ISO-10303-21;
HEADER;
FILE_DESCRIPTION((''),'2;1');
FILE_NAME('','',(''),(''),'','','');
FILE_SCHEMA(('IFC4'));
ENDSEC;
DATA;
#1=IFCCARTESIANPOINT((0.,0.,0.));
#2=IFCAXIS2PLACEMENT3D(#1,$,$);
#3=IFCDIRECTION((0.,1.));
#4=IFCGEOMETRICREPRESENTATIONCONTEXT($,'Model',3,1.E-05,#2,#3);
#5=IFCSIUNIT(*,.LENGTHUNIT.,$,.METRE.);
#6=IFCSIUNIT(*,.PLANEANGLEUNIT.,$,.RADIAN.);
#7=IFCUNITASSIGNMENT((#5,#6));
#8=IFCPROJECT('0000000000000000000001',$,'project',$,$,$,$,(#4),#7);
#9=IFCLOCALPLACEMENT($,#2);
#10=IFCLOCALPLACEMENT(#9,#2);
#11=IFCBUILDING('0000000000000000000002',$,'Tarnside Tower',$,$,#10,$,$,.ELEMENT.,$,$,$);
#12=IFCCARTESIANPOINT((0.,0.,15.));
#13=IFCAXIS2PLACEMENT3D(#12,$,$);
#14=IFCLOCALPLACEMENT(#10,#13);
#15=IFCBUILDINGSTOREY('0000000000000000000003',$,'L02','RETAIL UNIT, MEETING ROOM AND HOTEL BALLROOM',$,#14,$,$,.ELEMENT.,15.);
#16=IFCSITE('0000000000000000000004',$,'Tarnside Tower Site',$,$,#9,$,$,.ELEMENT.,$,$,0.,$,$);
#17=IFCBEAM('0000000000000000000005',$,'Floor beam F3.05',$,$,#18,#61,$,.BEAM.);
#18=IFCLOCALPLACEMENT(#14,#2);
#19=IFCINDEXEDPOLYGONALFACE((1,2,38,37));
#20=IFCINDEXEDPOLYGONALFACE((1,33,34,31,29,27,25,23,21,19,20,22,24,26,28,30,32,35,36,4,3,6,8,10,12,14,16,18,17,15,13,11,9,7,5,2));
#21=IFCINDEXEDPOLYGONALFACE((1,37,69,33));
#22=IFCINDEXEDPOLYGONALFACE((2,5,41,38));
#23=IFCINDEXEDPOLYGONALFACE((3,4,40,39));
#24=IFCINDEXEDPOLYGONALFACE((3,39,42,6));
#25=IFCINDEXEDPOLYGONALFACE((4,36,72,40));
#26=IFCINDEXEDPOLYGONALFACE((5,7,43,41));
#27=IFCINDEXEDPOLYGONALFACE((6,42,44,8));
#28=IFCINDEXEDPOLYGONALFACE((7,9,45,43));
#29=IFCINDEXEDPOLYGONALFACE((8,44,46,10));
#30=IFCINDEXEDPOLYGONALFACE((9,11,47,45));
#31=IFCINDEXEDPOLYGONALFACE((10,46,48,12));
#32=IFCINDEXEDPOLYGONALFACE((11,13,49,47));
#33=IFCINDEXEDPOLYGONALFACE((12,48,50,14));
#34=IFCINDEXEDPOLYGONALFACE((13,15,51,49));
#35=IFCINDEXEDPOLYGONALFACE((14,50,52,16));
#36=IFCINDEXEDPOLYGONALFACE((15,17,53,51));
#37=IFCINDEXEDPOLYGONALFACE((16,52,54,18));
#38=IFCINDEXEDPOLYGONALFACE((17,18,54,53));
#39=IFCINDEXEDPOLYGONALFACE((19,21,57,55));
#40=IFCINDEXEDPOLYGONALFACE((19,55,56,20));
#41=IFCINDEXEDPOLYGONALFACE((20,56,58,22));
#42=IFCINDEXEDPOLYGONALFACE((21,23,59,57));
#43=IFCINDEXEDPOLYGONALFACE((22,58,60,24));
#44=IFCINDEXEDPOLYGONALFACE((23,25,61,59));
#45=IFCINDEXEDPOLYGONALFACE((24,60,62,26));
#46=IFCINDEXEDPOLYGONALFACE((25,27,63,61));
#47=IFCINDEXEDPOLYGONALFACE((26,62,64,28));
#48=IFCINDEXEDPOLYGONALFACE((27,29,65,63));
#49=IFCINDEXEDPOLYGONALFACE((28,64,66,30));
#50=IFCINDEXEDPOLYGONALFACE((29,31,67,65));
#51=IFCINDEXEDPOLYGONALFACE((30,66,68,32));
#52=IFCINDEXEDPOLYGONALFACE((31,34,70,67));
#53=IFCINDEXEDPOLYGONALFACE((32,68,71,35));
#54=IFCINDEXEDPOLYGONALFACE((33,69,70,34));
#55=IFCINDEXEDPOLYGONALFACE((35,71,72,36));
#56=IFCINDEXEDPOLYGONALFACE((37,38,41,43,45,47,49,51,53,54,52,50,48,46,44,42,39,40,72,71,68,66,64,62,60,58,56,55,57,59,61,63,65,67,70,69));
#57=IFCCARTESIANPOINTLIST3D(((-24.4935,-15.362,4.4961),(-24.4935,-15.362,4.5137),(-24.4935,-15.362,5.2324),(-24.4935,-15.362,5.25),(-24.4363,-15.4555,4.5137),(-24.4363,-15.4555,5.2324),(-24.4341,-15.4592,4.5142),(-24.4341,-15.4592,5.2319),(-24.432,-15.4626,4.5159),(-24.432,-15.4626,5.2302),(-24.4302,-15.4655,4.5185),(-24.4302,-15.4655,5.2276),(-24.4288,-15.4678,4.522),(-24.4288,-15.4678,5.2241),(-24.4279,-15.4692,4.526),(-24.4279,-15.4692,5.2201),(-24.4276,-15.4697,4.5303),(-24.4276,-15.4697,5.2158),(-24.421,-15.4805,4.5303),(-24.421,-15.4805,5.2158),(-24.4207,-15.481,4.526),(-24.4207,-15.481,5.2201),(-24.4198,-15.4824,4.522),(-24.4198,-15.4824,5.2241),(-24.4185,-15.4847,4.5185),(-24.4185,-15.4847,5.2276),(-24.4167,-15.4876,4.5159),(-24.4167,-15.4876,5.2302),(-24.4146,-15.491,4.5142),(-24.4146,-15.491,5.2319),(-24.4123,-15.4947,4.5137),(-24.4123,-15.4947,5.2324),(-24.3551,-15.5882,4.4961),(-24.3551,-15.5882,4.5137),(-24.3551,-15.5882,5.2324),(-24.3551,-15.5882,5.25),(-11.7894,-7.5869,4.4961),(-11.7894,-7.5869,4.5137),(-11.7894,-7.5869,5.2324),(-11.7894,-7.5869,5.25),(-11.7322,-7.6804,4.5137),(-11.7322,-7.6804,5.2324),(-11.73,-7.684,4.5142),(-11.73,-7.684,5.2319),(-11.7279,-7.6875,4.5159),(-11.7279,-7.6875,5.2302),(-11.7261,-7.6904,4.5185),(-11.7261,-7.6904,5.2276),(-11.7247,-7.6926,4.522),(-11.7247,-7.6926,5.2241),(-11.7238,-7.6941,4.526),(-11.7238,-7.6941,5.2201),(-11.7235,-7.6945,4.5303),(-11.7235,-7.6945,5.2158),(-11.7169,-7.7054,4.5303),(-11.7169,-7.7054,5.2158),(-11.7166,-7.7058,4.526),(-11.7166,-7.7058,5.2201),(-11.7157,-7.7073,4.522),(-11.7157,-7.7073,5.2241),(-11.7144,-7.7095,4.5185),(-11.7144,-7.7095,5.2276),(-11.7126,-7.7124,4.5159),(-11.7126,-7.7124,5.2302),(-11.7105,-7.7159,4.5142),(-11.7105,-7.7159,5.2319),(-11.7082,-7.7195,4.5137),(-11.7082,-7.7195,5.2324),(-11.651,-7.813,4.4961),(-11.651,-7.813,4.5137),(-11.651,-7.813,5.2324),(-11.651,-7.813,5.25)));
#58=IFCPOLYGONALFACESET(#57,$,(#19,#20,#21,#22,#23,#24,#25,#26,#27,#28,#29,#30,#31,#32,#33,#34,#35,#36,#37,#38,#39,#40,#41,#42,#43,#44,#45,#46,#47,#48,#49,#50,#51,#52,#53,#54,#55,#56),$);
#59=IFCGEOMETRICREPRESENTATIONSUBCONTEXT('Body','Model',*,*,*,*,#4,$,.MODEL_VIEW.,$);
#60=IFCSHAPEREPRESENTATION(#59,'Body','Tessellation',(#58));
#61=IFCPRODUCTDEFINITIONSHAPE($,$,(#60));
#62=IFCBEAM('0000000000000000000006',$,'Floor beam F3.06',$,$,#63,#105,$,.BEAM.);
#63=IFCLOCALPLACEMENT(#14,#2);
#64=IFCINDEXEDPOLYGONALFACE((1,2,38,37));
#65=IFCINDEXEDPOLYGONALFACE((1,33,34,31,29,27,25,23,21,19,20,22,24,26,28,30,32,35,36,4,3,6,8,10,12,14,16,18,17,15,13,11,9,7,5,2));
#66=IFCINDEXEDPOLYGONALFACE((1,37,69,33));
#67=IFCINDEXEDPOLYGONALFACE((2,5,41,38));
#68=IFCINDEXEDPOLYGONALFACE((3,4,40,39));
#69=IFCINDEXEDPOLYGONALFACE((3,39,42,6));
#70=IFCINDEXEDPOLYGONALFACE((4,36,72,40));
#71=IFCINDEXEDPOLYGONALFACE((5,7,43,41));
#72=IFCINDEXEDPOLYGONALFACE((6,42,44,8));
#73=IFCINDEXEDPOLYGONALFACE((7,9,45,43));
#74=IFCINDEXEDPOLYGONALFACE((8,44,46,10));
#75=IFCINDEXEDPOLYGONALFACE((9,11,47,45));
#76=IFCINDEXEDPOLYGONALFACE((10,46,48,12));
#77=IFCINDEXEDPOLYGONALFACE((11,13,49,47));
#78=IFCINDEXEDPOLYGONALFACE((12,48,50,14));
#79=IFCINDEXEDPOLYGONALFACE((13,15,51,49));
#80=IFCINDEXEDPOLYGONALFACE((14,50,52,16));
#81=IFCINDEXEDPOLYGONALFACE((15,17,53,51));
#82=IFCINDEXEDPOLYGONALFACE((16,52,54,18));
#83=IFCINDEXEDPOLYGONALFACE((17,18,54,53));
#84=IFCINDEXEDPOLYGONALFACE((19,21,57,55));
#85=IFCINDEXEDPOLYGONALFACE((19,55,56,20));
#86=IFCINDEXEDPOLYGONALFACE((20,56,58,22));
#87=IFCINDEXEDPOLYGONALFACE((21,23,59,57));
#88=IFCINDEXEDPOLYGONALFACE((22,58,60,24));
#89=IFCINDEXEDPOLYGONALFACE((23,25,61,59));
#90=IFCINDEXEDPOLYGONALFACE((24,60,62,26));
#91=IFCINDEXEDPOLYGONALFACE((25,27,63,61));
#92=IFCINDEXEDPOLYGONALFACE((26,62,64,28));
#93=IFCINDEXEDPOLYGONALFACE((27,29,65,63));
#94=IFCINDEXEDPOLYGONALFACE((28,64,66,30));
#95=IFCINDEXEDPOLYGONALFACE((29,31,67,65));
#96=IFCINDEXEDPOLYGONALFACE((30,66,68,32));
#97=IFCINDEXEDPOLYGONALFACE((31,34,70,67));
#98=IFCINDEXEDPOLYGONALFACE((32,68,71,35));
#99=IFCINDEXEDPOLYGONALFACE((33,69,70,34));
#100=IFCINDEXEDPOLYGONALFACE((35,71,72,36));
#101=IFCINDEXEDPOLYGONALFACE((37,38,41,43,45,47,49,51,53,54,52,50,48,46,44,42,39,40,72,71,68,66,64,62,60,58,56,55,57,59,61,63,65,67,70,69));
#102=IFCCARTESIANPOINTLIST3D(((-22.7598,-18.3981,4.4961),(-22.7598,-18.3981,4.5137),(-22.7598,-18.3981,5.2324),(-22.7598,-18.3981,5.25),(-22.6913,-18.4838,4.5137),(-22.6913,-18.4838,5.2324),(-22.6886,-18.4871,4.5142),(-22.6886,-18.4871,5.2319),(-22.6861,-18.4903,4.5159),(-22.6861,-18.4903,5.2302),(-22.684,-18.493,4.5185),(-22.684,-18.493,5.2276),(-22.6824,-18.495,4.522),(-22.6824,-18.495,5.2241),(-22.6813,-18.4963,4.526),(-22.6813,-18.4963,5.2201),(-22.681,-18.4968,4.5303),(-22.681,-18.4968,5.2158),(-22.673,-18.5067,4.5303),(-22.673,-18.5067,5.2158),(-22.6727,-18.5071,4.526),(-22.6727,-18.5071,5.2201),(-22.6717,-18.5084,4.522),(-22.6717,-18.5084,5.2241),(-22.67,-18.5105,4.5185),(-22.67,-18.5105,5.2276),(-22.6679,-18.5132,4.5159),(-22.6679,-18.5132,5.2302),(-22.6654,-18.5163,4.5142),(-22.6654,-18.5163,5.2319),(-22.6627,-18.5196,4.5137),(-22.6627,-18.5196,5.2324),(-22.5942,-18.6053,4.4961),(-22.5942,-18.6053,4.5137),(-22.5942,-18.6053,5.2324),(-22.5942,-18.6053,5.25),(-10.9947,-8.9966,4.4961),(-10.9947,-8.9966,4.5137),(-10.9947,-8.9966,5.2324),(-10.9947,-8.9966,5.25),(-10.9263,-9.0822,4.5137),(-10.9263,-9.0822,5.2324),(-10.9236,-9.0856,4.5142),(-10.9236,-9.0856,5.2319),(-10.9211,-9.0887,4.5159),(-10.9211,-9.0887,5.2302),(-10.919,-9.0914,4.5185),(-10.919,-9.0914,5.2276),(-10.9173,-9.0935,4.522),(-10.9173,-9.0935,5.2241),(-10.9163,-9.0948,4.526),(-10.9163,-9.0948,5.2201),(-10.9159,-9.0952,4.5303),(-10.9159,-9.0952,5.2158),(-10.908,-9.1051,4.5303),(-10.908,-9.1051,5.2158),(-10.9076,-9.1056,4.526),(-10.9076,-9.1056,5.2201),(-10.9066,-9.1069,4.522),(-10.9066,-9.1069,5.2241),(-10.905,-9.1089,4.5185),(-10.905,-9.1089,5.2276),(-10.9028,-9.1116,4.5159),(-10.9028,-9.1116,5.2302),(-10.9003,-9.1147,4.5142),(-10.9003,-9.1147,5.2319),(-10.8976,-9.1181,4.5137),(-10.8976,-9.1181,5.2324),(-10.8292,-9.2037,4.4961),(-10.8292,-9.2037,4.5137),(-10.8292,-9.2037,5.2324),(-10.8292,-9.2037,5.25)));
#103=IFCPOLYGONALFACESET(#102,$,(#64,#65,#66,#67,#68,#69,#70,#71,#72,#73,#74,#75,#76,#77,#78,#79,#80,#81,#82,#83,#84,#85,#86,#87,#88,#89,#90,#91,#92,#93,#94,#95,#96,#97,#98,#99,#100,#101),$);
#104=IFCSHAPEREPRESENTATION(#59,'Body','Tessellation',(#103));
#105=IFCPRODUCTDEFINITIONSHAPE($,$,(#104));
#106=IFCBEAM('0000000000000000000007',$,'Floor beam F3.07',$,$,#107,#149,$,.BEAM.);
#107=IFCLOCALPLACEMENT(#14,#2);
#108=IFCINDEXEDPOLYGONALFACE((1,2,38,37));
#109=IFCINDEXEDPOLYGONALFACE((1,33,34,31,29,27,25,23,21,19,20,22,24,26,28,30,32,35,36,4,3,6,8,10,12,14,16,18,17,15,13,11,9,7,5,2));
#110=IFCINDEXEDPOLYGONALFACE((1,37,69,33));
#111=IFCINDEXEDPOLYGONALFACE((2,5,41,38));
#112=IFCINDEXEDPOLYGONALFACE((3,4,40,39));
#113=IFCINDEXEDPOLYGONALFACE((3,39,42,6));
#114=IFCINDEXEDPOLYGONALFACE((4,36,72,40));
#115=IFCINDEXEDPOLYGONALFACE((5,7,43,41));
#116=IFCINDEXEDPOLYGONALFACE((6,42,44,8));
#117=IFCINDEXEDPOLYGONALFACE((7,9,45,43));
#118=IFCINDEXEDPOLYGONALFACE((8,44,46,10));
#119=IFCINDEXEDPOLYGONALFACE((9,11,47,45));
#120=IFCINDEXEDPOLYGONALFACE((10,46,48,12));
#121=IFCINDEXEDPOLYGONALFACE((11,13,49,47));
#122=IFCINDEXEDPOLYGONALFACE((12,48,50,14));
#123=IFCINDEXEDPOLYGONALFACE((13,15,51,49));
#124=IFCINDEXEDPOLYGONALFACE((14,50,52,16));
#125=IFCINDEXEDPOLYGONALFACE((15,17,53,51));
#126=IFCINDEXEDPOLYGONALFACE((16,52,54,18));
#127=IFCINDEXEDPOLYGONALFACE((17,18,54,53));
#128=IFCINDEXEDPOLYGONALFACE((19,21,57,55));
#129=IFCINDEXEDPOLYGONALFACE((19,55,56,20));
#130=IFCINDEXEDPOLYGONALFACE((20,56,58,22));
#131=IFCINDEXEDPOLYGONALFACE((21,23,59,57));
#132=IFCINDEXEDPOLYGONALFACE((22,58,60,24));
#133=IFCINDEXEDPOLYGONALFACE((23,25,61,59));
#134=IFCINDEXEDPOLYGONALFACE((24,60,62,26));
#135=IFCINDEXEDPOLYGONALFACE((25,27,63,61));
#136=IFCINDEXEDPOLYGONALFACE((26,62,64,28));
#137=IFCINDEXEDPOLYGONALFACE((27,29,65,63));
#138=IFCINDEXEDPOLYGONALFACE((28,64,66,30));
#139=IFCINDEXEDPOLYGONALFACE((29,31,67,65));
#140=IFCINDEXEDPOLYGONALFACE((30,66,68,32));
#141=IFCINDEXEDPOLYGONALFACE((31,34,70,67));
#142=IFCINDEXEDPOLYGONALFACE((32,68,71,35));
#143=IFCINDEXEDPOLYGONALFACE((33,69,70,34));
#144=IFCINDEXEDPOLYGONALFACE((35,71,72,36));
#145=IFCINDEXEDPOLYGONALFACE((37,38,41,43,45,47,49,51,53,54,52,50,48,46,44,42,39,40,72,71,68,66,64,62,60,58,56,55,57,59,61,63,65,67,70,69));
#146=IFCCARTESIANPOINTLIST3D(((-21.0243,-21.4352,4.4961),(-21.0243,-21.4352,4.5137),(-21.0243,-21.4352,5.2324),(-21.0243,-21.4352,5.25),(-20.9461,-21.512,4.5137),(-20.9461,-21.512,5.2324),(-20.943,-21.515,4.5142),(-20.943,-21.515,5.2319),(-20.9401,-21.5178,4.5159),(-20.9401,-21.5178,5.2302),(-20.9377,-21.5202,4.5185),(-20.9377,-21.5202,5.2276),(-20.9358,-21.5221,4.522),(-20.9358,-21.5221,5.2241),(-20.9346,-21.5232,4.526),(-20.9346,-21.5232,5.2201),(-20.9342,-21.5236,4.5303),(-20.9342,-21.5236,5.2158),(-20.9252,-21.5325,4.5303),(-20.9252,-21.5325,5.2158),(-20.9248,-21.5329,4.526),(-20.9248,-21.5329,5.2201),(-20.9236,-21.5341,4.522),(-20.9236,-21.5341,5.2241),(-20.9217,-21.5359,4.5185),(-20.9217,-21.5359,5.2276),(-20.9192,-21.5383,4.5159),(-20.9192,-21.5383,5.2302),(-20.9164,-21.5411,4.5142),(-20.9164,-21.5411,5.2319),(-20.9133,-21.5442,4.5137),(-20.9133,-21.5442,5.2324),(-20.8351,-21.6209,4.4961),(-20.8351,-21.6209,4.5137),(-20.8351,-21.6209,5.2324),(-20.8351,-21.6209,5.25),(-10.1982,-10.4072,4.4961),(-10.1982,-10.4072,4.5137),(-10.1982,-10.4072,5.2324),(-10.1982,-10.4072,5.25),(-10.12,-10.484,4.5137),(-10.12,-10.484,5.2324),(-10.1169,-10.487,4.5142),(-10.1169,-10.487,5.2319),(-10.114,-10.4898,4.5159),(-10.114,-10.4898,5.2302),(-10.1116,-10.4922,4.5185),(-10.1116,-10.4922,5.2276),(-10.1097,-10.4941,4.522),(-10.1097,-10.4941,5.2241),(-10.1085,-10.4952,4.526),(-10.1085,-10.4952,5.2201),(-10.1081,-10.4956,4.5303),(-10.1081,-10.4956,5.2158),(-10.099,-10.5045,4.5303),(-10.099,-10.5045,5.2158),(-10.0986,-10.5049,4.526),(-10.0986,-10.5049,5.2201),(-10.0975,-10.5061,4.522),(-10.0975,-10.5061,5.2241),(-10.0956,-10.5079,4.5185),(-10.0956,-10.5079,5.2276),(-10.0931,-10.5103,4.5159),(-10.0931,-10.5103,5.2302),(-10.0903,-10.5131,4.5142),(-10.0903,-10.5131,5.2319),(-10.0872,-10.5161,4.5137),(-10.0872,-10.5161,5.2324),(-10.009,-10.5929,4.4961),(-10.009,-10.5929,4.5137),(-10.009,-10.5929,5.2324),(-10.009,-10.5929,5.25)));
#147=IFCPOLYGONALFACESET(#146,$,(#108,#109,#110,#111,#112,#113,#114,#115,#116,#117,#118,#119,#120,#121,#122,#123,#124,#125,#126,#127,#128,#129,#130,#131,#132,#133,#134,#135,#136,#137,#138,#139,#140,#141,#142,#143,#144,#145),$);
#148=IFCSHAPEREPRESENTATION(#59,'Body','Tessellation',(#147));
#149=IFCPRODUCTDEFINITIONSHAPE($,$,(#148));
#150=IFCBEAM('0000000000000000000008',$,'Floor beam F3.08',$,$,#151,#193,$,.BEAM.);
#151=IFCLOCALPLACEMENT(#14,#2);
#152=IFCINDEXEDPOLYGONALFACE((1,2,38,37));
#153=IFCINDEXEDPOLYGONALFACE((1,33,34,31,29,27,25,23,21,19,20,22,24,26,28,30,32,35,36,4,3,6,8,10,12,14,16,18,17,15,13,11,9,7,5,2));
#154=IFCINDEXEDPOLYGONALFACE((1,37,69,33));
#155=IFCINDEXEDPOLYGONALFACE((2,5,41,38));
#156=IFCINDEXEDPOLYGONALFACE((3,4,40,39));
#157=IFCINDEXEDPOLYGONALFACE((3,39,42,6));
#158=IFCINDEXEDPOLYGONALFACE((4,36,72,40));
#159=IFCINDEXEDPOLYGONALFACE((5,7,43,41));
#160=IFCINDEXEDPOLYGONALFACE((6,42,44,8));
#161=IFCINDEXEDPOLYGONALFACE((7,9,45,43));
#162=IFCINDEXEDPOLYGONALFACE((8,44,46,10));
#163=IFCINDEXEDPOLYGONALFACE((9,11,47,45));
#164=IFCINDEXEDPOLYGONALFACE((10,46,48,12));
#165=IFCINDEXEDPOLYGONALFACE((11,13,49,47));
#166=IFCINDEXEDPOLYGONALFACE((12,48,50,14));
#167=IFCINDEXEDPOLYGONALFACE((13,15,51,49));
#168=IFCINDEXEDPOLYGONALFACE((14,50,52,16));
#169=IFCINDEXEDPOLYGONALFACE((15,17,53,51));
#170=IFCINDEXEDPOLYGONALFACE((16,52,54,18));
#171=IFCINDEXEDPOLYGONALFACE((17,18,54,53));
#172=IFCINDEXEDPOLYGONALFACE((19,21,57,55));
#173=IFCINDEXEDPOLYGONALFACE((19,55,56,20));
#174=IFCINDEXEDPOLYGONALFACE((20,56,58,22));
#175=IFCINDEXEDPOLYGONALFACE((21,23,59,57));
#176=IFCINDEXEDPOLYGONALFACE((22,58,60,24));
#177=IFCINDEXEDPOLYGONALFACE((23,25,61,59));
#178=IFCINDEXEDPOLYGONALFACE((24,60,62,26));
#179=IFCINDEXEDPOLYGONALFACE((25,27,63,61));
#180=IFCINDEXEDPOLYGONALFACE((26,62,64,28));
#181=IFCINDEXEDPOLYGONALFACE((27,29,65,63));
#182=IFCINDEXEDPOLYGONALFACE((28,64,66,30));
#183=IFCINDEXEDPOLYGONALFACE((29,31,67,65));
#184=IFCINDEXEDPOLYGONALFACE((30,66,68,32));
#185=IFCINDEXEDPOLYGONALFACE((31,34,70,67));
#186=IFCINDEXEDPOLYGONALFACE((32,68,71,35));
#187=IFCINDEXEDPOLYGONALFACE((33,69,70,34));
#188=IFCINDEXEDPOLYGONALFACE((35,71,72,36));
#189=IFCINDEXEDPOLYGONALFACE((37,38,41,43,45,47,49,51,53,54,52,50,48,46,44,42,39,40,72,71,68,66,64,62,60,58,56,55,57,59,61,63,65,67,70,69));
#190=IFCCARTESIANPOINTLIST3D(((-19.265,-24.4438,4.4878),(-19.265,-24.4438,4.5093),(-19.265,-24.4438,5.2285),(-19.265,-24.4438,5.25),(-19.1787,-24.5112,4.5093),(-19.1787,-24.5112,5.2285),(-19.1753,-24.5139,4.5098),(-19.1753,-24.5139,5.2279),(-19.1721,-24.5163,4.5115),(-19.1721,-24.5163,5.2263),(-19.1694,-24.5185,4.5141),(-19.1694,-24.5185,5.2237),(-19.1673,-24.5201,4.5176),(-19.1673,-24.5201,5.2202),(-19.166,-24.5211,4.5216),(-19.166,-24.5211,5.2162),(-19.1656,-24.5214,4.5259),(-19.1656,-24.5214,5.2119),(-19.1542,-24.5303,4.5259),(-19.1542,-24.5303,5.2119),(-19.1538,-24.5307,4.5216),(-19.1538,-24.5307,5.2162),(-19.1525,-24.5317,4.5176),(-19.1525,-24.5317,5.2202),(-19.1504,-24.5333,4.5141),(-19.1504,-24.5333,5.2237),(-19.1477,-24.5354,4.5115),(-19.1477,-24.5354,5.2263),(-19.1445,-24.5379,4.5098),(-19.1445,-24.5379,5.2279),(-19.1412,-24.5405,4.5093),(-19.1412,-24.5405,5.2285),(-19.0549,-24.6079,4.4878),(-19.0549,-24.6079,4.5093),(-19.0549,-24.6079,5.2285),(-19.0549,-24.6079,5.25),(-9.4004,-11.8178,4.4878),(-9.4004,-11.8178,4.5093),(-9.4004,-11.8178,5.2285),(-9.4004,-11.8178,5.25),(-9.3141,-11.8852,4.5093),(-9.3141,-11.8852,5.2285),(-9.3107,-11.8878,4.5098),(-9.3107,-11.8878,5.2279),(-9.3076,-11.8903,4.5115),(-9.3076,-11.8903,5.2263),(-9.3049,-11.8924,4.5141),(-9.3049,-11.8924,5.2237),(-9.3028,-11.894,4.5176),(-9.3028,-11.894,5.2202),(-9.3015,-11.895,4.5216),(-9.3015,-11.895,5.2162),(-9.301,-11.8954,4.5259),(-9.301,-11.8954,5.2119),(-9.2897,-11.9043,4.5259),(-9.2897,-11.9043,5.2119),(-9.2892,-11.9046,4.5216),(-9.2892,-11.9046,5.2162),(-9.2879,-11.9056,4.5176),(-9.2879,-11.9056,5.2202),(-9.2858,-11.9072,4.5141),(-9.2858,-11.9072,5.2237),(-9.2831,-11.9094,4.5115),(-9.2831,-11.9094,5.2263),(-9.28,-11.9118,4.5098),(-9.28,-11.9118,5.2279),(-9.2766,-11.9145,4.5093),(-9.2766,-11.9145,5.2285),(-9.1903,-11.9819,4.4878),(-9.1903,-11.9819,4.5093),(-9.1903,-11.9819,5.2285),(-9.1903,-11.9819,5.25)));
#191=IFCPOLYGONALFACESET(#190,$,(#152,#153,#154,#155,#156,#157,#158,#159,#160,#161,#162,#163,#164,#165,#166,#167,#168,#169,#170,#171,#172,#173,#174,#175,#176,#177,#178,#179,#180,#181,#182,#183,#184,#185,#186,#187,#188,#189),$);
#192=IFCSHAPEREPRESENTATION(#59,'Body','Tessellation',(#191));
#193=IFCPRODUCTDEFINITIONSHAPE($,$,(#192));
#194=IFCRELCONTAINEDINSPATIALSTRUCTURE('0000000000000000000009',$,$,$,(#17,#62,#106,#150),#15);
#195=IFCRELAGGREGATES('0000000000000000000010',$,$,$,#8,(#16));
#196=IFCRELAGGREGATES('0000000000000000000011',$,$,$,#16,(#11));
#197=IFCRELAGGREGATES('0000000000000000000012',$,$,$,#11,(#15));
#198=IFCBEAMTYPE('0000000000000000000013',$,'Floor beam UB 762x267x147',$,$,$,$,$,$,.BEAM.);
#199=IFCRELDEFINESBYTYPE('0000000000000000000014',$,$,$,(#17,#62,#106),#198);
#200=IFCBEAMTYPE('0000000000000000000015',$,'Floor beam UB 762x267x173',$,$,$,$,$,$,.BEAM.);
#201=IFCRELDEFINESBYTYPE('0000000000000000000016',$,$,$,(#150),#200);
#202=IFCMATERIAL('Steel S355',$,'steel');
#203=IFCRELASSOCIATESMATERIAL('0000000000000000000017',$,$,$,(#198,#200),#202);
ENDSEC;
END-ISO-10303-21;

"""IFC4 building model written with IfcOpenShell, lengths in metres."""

from ifc_helpers import new_model, si_unit, direction, frame, origin, origin_2d, place, context, subcontext, project, spatial, i_section, extrude, material, material_profile, profile_set, type_object, element, save


model = new_model("IFC4")

# Units and contexts
model_context = context("Model", 3, precision=1e-05, world=origin(), true_north=direction((0.0, 1.0)))
body_context = subcontext(model_context, "Body", "Model", "MODEL_VIEW")
ifc_project = project(units=[si_unit("LENGTHUNIT", "METRE"), si_unit("PLANEANGLEUNIT", "RADIAN")], contexts=[model_context])

# Site, building, storey
site_placement = place(None, origin())
site = spatial("IfcSite", under=ifc_project, at=site_placement, Name="Tarnside Tower Site", CompositionType="ELEMENT", RefElevation=0.0)
building_placement = place(site_placement, origin())
building = spatial("IfcBuilding", under=site, at=building_placement, Name="Tarnside Tower", CompositionType="ELEMENT")
storey_placement = place(building_placement, frame((0.0, 0.0, 15.0)))
storey = spatial("IfcBuildingStorey", under=building, at=storey_placement, Name="L02", Description="RETAIL UNIT, MEETING ROOM AND HOTEL BALLROOM", CompositionType="ELEMENT", Elevation=15.0)

# Beams
ifc_material_1 = material(Name="Steel S355", Category="steel")
ifc_material_profile_1 = material_profile(ifc_material_1, i_section(OverallWidth=0.2651, OverallDepth=0.7539, WebThickness=0.0127, FlangeThickness=0.0176, FilletRadius=0.0166, at=origin_2d()), Name="UB 762x267x147")
ifc_profile_set_1 = profile_set([ifc_material_profile_1], Name="Steel S355")
beam_type_1 = type_object("IfcBeamType", Name="Floor beam UB 762x267x147", PredefinedType="BEAM", material=ifc_profile_set_1)
beam_1_placement = place(storey_placement, frame((-24.4243, -15.4751, 4.873), z_axis=(0.852937, 0.522013, 0.0), x_axis=(-0.522013, 0.852937, 0.0)))
element("IfcBeam", 1, at=beam_1_placement, inside=storey, type_object=beam_type_1, Name="Floor beam F3.05", PredefinedType="BEAM", context=body_context, shape_type="SweptSolid", body=[
    extrude(i_section(OverallWidth=0.2651, OverallDepth=0.7539, WebThickness=0.0127, FlangeThickness=0.0176, FilletRadius=0.0166, at=origin_2d()), origin(), (0.0, 0.0, 1.0), 14.8945),
])
beam_2_placement = place(storey_placement, frame((-22.677, -18.5017, 4.873), z_axis=(0.781209, 0.62427, 0.0), x_axis=(-0.62427, 0.781209, 0.0)))
element("IfcBeam", 2, at=beam_2_placement, inside=storey, type_object=beam_type_1, Name="Floor beam F3.06", PredefinedType="BEAM", context=body_context, shape_type="SweptSolid", body=[
    extrude(i_section(OverallWidth=0.2651, OverallDepth=0.7539, WebThickness=0.0127, FlangeThickness=0.0176, FilletRadius=0.0166, at=origin_2d()), origin(), (0.0, 0.0, 1.0), 15.0601),
])
beam_3_placement = place(storey_placement, frame((-20.9297, -21.5281, 4.873), z_axis=(0.700544, 0.713609, 0.0), x_axis=(-0.713609, 0.700544, 0.0)))
element("IfcBeam", 3, at=beam_3_placement, inside=storey, type_object=beam_type_1, Name="Floor beam F3.07", PredefinedType="BEAM", context=body_context, shape_type="SweptSolid", body=[
    extrude(i_section(OverallWidth=0.2651, OverallDepth=0.7539, WebThickness=0.0127, FlangeThickness=0.0176, FilletRadius=0.0166, at=origin_2d()), origin(), (0.0, 0.0, 1.0), 15.4539),
])
ifc_material_profile_2 = material_profile(ifc_material_1, i_section(OverallWidth=0.2666, OverallDepth=0.7622, WebThickness=0.0144, FlangeThickness=0.0215, FilletRadius=0.0166, at=origin_2d()), Name="UB 762x267x173")
ifc_profile_set_2 = profile_set([ifc_material_profile_2], Name="Steel S355")
beam_type_2 = type_object("IfcBeamType", Name="Floor beam UB 762x267x173", PredefinedType="BEAM", material=ifc_profile_set_2)
beam_4_placement = place(storey_placement, frame((-19.1599, -24.5259, 4.8689), z_axis=(0.615662, 0.788011, 0.0), x_axis=(-0.788011, 0.615662, 0.0)))
element("IfcBeam", 4, at=beam_4_placement, inside=storey, type_object=beam_type_2, Name="Floor beam F3.08", PredefinedType="BEAM", context=body_context, shape_type="SweptSolid", body=[
    extrude(i_section(OverallWidth=0.2666, OverallDepth=0.7622, WebThickness=0.0144, FlangeThickness=0.0215, FilletRadius=0.0166, at=origin_2d()), origin(), (0.0, 0.0, 1.0), 16.0227),
])

save(model, "model.ifc")
